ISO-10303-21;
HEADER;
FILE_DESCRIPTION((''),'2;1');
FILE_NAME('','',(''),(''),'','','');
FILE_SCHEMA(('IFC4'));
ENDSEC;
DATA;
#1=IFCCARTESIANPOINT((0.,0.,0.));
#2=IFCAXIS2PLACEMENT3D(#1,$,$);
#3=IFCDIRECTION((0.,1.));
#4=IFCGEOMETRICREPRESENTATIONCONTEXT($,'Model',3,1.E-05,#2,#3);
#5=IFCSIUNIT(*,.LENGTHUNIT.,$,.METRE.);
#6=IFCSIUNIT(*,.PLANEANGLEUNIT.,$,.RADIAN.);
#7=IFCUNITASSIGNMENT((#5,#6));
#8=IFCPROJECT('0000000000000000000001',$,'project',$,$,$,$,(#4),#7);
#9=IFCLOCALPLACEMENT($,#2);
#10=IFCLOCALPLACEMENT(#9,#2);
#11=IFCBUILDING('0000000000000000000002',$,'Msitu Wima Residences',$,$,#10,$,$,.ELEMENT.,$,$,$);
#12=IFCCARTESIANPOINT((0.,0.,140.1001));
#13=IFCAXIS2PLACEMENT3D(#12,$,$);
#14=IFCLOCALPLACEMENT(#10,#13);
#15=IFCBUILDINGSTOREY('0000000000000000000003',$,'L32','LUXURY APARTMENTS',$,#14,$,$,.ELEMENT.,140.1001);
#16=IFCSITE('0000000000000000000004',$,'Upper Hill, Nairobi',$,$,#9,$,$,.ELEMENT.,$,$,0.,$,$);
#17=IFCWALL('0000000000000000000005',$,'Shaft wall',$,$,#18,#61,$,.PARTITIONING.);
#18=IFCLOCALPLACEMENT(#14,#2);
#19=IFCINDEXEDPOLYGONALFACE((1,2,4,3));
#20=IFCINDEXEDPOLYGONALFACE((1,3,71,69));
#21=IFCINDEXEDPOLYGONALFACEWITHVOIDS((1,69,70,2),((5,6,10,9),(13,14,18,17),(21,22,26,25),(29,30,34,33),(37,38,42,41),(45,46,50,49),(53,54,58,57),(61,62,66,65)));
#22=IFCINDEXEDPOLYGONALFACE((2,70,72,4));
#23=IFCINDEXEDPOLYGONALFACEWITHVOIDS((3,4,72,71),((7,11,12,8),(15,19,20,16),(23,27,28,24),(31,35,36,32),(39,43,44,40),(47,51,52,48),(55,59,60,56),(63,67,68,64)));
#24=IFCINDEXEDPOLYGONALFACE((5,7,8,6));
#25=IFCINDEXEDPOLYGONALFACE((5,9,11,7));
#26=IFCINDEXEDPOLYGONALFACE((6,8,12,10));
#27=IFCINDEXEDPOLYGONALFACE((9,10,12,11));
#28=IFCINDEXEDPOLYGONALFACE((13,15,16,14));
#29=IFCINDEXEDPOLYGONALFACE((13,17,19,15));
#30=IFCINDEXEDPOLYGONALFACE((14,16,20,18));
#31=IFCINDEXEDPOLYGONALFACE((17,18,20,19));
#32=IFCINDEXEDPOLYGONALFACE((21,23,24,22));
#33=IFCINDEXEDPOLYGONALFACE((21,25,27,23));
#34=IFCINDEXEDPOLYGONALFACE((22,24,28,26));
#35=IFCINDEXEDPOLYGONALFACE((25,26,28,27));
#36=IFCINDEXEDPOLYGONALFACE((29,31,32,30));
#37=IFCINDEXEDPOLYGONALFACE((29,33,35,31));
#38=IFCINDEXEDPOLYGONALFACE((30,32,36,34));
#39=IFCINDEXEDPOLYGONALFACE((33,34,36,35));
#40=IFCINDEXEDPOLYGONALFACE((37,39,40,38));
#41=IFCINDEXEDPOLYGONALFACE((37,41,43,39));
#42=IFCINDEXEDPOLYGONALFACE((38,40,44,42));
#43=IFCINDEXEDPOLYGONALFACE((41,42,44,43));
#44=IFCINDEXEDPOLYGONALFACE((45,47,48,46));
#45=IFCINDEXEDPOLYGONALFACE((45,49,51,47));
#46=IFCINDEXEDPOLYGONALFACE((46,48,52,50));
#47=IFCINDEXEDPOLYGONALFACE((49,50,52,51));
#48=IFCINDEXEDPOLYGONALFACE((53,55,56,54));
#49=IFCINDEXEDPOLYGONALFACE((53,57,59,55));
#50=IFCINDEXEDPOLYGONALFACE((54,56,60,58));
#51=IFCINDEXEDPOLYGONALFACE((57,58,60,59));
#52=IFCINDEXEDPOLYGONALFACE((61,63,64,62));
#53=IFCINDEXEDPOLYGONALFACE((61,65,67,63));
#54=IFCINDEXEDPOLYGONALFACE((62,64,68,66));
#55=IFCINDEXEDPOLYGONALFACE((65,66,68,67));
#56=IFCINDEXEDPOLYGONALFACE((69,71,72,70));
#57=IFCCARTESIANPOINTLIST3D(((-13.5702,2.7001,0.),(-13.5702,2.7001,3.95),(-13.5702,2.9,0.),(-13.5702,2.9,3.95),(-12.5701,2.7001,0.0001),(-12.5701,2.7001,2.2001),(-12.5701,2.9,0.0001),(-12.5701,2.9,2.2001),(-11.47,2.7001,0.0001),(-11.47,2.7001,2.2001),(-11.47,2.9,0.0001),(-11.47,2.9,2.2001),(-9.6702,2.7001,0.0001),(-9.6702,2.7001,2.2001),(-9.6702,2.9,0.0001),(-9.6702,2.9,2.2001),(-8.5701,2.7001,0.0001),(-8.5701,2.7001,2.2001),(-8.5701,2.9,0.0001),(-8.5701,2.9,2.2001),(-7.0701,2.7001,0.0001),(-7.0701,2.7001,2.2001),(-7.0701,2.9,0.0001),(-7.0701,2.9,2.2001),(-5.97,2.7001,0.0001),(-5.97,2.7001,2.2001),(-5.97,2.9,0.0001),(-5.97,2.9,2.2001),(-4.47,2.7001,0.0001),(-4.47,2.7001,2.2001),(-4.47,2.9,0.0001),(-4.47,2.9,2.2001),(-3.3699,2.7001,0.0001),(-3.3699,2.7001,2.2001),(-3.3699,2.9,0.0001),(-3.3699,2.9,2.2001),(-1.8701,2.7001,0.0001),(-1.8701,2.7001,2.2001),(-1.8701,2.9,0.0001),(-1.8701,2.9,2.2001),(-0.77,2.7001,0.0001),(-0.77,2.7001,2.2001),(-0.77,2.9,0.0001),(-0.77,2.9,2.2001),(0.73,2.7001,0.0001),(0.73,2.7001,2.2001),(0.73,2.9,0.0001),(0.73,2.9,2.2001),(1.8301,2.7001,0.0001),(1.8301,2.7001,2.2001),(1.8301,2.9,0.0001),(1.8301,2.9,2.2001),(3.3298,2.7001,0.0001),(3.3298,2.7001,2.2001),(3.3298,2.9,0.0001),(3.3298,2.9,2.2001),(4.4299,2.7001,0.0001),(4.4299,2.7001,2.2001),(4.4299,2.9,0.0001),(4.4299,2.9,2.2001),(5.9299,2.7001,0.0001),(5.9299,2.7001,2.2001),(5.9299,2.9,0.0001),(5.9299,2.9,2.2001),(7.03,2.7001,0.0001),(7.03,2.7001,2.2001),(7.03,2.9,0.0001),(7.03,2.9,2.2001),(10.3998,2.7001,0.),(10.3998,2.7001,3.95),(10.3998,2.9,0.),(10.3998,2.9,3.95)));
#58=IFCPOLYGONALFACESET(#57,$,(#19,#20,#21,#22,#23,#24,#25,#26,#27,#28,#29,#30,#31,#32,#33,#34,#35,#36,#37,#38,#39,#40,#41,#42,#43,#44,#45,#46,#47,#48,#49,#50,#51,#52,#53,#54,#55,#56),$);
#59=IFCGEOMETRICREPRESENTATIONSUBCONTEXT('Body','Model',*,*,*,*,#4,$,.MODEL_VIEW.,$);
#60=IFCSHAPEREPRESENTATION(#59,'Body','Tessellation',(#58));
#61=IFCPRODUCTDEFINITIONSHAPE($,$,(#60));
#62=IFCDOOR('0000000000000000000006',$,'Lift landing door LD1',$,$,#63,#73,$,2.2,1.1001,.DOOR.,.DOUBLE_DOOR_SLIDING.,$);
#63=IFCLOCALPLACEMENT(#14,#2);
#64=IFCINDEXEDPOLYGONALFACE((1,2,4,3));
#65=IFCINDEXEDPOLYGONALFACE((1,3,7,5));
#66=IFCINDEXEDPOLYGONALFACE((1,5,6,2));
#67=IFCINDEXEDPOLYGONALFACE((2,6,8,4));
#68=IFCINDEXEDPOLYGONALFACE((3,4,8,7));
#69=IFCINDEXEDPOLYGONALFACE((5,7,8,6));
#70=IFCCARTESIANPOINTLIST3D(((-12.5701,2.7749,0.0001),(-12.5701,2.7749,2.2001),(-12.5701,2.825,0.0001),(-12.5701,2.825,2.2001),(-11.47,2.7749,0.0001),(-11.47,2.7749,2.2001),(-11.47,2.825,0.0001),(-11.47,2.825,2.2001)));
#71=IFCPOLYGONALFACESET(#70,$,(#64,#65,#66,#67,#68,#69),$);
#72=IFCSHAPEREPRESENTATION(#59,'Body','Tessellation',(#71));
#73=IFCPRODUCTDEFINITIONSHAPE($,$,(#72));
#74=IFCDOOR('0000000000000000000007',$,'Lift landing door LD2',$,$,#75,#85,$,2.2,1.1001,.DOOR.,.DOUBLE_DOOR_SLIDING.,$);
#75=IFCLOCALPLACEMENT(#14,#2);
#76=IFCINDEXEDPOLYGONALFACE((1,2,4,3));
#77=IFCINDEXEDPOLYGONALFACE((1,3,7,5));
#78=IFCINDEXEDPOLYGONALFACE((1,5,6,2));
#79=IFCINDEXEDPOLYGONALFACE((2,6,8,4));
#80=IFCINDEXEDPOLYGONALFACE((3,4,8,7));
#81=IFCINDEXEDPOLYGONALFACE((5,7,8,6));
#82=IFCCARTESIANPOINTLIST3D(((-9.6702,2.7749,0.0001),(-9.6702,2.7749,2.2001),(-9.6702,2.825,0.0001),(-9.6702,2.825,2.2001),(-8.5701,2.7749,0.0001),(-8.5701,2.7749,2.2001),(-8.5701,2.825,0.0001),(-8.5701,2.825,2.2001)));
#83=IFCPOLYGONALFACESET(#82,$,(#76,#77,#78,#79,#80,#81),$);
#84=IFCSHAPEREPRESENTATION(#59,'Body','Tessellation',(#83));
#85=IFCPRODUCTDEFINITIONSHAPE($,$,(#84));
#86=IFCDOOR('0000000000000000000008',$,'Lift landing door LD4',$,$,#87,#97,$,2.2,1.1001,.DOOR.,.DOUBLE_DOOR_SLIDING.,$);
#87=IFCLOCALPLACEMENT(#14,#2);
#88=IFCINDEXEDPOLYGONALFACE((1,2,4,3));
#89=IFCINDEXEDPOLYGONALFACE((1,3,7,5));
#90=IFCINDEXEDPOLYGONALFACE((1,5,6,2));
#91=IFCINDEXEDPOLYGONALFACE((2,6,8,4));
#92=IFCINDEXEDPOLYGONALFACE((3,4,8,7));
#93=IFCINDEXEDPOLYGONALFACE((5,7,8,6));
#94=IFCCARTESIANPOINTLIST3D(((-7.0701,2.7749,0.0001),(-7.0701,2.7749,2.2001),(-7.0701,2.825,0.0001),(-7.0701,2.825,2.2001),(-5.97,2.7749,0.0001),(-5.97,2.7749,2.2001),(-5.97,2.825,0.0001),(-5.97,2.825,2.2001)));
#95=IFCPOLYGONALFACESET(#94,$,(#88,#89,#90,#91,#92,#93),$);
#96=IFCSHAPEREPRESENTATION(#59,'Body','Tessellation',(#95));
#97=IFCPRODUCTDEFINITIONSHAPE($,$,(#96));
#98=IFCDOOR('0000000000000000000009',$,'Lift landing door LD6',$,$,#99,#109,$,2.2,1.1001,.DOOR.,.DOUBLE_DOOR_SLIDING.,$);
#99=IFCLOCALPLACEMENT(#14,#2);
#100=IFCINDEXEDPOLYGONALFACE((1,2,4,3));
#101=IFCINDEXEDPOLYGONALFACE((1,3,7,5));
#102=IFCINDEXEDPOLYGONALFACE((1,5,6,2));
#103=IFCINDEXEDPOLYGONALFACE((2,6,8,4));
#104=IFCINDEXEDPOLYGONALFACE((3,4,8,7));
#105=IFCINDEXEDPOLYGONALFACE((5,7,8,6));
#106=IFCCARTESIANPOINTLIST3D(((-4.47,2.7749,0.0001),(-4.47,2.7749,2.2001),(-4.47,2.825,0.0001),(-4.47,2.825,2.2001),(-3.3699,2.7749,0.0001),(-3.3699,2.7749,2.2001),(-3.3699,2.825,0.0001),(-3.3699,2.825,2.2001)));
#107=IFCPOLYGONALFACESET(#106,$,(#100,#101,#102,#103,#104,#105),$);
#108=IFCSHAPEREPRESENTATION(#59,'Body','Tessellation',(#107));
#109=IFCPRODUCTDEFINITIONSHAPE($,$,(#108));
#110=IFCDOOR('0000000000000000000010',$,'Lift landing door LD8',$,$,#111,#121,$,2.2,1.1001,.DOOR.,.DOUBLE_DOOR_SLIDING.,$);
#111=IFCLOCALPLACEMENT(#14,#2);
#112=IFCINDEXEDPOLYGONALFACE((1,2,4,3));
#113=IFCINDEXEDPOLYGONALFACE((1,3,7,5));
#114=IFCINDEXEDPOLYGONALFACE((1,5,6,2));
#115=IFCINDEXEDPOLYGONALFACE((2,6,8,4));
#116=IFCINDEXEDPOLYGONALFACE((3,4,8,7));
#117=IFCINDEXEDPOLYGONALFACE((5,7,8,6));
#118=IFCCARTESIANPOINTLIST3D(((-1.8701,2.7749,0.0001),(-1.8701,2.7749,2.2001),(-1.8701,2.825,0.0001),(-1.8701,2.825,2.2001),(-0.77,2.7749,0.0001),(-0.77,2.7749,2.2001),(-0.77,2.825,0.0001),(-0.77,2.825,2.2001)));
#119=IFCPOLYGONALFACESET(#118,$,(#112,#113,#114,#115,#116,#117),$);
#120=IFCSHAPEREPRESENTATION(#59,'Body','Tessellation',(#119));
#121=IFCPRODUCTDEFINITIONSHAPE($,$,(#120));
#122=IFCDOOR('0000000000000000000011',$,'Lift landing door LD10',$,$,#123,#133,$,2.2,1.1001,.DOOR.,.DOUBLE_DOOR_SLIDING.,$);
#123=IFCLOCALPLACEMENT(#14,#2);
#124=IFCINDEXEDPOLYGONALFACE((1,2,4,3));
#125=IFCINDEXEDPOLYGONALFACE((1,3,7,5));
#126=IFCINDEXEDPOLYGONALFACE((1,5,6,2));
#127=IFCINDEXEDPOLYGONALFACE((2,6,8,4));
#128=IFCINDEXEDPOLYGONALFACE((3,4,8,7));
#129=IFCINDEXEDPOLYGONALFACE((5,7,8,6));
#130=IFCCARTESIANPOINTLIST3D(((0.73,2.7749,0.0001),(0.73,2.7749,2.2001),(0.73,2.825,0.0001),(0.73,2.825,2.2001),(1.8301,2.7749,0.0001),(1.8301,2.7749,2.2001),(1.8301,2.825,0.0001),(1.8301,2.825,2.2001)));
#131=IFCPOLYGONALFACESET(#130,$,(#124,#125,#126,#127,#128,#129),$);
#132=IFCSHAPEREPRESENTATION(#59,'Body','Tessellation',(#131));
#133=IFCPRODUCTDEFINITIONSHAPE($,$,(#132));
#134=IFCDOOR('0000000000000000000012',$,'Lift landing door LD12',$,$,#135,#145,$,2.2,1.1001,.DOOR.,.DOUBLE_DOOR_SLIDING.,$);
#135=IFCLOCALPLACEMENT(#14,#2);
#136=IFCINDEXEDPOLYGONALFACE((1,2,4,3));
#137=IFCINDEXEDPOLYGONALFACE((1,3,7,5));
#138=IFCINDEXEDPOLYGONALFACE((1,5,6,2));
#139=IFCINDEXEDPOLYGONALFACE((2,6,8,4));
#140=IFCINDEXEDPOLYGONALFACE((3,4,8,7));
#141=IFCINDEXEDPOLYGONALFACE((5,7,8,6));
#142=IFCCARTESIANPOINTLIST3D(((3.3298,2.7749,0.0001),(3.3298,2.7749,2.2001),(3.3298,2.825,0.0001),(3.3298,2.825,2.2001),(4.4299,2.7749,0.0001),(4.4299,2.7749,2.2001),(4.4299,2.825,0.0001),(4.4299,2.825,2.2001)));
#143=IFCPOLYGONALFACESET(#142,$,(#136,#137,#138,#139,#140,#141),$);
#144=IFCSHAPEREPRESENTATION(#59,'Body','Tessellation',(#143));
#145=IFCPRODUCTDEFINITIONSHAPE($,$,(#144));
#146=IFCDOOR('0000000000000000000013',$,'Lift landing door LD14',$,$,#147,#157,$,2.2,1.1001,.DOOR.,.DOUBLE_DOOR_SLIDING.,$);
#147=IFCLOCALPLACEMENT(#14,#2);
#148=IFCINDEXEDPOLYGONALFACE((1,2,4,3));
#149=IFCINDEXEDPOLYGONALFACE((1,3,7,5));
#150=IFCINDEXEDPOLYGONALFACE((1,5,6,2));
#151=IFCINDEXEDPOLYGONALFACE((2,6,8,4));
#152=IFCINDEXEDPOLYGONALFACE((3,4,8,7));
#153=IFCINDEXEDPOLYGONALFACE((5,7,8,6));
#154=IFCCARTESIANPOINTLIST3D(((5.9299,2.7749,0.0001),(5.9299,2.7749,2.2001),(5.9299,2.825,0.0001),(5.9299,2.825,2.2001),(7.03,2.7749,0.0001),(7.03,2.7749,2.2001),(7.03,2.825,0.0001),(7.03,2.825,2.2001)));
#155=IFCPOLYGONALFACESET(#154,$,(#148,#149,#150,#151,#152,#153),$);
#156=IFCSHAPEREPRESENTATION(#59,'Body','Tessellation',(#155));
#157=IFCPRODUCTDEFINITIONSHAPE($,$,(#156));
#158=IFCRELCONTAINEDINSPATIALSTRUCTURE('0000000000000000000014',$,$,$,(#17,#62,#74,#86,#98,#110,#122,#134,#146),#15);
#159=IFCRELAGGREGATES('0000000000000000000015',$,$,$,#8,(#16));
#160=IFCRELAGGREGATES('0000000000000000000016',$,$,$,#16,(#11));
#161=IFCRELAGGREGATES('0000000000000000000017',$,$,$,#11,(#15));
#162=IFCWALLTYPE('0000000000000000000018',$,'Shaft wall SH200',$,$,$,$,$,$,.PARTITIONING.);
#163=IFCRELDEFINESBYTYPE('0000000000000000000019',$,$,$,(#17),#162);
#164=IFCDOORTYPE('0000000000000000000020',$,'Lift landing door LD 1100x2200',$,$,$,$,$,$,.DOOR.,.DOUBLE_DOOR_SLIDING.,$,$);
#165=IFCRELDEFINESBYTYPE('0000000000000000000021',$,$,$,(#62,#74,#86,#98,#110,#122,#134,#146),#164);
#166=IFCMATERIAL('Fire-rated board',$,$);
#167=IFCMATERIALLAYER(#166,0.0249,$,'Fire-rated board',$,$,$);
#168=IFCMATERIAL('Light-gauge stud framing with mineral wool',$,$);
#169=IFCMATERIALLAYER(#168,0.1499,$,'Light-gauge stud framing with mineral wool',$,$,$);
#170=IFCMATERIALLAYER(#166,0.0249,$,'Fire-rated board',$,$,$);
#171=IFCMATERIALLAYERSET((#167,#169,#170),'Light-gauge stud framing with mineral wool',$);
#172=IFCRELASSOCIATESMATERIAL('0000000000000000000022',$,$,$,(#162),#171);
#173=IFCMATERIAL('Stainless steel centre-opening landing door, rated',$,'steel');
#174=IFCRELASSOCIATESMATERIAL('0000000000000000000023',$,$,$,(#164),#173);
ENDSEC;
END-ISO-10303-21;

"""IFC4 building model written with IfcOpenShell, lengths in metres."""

from ifc_helpers import new_model, si_unit, direction, frame, frame_2d, origin, place, context, subcontext, project, spatial, rectangle, extrude, material, layer, layer_set, type_object, element, fill, save


model = new_model("IFC4")

# Units and contexts
model_context = context("Model", 3, precision=1e-05, world=origin(), true_north=direction((0.0, 1.0)))
body_context = subcontext(model_context, "Body", "Model", "MODEL_VIEW")
ifc_project = project(units=[si_unit("LENGTHUNIT", "METRE"), si_unit("PLANEANGLEUNIT", "RADIAN")], contexts=[model_context])

# Site, building, storey
site_placement = place(None, origin())
site = spatial("IfcSite", under=ifc_project, at=site_placement, Name="Upper Hill, Nairobi", CompositionType="ELEMENT", RefElevation=0.0)
building_placement = place(site_placement, origin())
building = spatial("IfcBuilding", under=site, at=building_placement, Name="Msitu Wima Residences", CompositionType="ELEMENT")
storey_placement = place(building_placement, frame((0.0, 0.0, 140.1001)))
storey = spatial("IfcBuildingStorey", under=building, at=storey_placement, Name="L32", Description="LUXURY APARTMENTS", CompositionType="ELEMENT", Elevation=140.1001)

# Shared definitions
ifc_material_1 = material(Name="Fire-rated board")
ifc_layer_1 = layer(ifc_material_1, 0.0249, Name="Fire-rated board")
ifc_material_2 = material(Name="Light-gauge stud framing with mineral wool")
ifc_layer_2 = layer(ifc_material_2, 0.1499, Name="Light-gauge stud framing with mineral wool")
ifc_layer_3 = layer(ifc_material_1, 0.0249, Name="Fire-rated board")
ifc_layer_set_1 = layer_set([ifc_layer_1, ifc_layer_2, ifc_layer_3], Name="Light-gauge stud framing with mineral wool")
wall_type_1 = type_object("IfcWallType", Name="Shaft wall SH200", PredefinedType="PARTITIONING", material=ifc_layer_set_1)

# Wall, openings, doors
wall_1_placement = place(storey_placement, frame((-13.5701, 2.8, 0.0), z_axis=(0.0, 0.0, 1.0), x_axis=(1.0, 0.0, 0.0)))
wall_1 = element("IfcWall", 1, at=wall_1_placement, inside=storey, type_object=wall_type_1, Name="Shaft wall", PredefinedType="PARTITIONING", context=body_context, shape_type="SweptSolid", body=[
    extrude(rectangle(XDim=23.97, YDim=0.2, at=frame_2d((11.9849, 0.0))), origin(), (0.0, 0.0, 1.0), 3.95),
])
opening_1_placement = place(wall_1_placement, frame((1.0, 0.0, 0.0)))
opening_1 = element("IfcOpeningElement", 2, at=opening_1_placement, cuts=wall_1, PredefinedType="OPENING", context=body_context, shape_type="SweptSolid", body=[
    extrude(rectangle(XDim=1.1001, YDim=2.2, at=frame_2d((0.55, 1.1001))), frame((0.0, 0.1099, 0.0), z_axis=(0.0, -1.0, 0.0), x_axis=(1.0, 0.0, 0.0)), (0.0, 0.0, 1.0), 0.22),
])
opening_2_placement = place(wall_1_placement, frame((3.8999, 0.0, 0.0)))
opening_2 = element("IfcOpeningElement", 3, at=opening_2_placement, cuts=wall_1, PredefinedType="OPENING", context=body_context, shape_type="SweptSolid", body=[
    extrude(rectangle(XDim=1.1001, YDim=2.2, at=frame_2d((0.55, 1.1001))), frame((0.0, 0.1099, 0.0), z_axis=(0.0, -1.0, 0.0), x_axis=(1.0, 0.0, 0.0)), (0.0, 0.0, 1.0), 0.22),
])
opening_3_placement = place(wall_1_placement, frame((6.5, 0.0, 0.0)))
opening_3 = element("IfcOpeningElement", 4, at=opening_3_placement, cuts=wall_1, PredefinedType="OPENING", context=body_context, shape_type="SweptSolid", body=[
    extrude(rectangle(XDim=1.1001, YDim=2.2, at=frame_2d((0.55, 1.1001))), frame((0.0, 0.1099, 0.0), z_axis=(0.0, -1.0, 0.0), x_axis=(1.0, 0.0, 0.0)), (0.0, 0.0, 1.0), 0.22),
])
opening_4_placement = place(wall_1_placement, frame((9.1001, 0.0, 0.0)))
opening_4 = element("IfcOpeningElement", 5, at=opening_4_placement, cuts=wall_1, PredefinedType="OPENING", context=body_context, shape_type="SweptSolid", body=[
    extrude(rectangle(XDim=1.1001, YDim=2.2, at=frame_2d((0.55, 1.1001))), frame((0.0, 0.1099, 0.0), z_axis=(0.0, -1.0, 0.0), x_axis=(1.0, 0.0, 0.0)), (0.0, 0.0, 1.0), 0.22),
])
opening_5_placement = place(wall_1_placement, frame((11.7, 0.0, 0.0)))
opening_5 = element("IfcOpeningElement", 6, at=opening_5_placement, cuts=wall_1, PredefinedType="OPENING", context=body_context, shape_type="SweptSolid", body=[
    extrude(rectangle(XDim=1.1001, YDim=2.2, at=frame_2d((0.55, 1.1001))), frame((0.0, 0.1099, 0.0), z_axis=(0.0, -1.0, 0.0), x_axis=(1.0, 0.0, 0.0)), (0.0, 0.0, 1.0), 0.22),
])
opening_6_placement = place(wall_1_placement, frame((14.3, 0.0, 0.0)))
opening_6 = element("IfcOpeningElement", 7, at=opening_6_placement, cuts=wall_1, PredefinedType="OPENING", context=body_context, shape_type="SweptSolid", body=[
    extrude(rectangle(XDim=1.1001, YDim=2.2, at=frame_2d((0.55, 1.1001))), frame((0.0, 0.1099, 0.0), z_axis=(0.0, -1.0, 0.0), x_axis=(1.0, 0.0, 0.0)), (0.0, 0.0, 1.0), 0.22),
])
opening_7_placement = place(wall_1_placement, frame((16.8999, 0.0, 0.0)))
opening_7 = element("IfcOpeningElement", 8, at=opening_7_placement, cuts=wall_1, PredefinedType="OPENING", context=body_context, shape_type="SweptSolid", body=[
    extrude(rectangle(XDim=1.1001, YDim=2.2, at=frame_2d((0.55, 1.1001))), frame((0.0, 0.1099, 0.0), z_axis=(0.0, -1.0, 0.0), x_axis=(1.0, 0.0, 0.0)), (0.0, 0.0, 1.0), 0.22),
])
opening_8_placement = place(wall_1_placement, frame((19.5, 0.0, 0.0)))
opening_8 = element("IfcOpeningElement", 9, at=opening_8_placement, cuts=wall_1, PredefinedType="OPENING", context=body_context, shape_type="SweptSolid", body=[
    extrude(rectangle(XDim=1.1001, YDim=2.2, at=frame_2d((0.55, 1.1001))), frame((0.0, 0.1099, 0.0), z_axis=(0.0, -1.0, 0.0), x_axis=(1.0, 0.0, 0.0)), (0.0, 0.0, 1.0), 0.22),
])
ifc_material_3 = material(Name="Stainless steel centre-opening landing door, rated", Category="steel")
door_type_1 = type_object("IfcDoorType", Name="Lift landing door LD 1100x2200", OperationType="DOUBLE_DOOR_SLIDING", PredefinedType="DOOR", material=ifc_material_3)
door_1_placement = place(opening_1_placement, origin())
door_1 = element("IfcDoor", 10, at=door_1_placement, inside=storey, type_object=door_type_1, Name="Lift landing door LD1", OperationType="DOUBLE_DOOR_SLIDING", OverallHeight=2.2, OverallWidth=1.1001, PredefinedType="DOOR", context=body_context, shape_type="SweptSolid", body=[
    extrude(rectangle(XDim=1.1001, YDim=2.2, at=frame_2d((0.55, 1.1001))), frame((0.0, 0.0249, 0.0), z_axis=(0.0, -1.0, 0.0), x_axis=(1.0, 0.0, 0.0)), (0.0, 0.0, 1.0), 0.05),
])
fill(opening_1, door_1)
door_2_placement = place(opening_2_placement, origin())
door_2 = element("IfcDoor", 11, at=door_2_placement, inside=storey, type_object=door_type_1, Name="Lift landing door LD2", OperationType="DOUBLE_DOOR_SLIDING", OverallHeight=2.2, OverallWidth=1.1001, PredefinedType="DOOR", context=body_context, shape_type="SweptSolid", body=[
    extrude(rectangle(XDim=1.1001, YDim=2.2, at=frame_2d((0.55, 1.1001))), frame((0.0, 0.0249, 0.0), z_axis=(0.0, -1.0, 0.0), x_axis=(1.0, 0.0, 0.0)), (0.0, 0.0, 1.0), 0.05),
])
fill(opening_2, door_2)
door_3_placement = place(opening_3_placement, origin())
door_3 = element("IfcDoor", 12, at=door_3_placement, inside=storey, type_object=door_type_1, Name="Lift landing door LD4", OperationType="DOUBLE_DOOR_SLIDING", OverallHeight=2.2, OverallWidth=1.1001, PredefinedType="DOOR", context=body_context, shape_type="SweptSolid", body=[
    extrude(rectangle(XDim=1.1001, YDim=2.2, at=frame_2d((0.55, 1.1001))), frame((0.0, 0.0249, 0.0), z_axis=(0.0, -1.0, 0.0), x_axis=(1.0, 0.0, 0.0)), (0.0, 0.0, 1.0), 0.05),
])
fill(opening_3, door_3)
door_4_placement = place(opening_4_placement, origin())
door_4 = element("IfcDoor", 13, at=door_4_placement, inside=storey, type_object=door_type_1, Name="Lift landing door LD6", OperationType="DOUBLE_DOOR_SLIDING", OverallHeight=2.2, OverallWidth=1.1001, PredefinedType="DOOR", context=body_context, shape_type="SweptSolid", body=[
    extrude(rectangle(XDim=1.1001, YDim=2.2, at=frame_2d((0.55, 1.1001))), frame((0.0, 0.0249, 0.0), z_axis=(0.0, -1.0, 0.0), x_axis=(1.0, 0.0, 0.0)), (0.0, 0.0, 1.0), 0.05),
])
fill(opening_4, door_4)
door_5_placement = place(opening_5_placement, origin())
door_5 = element("IfcDoor", 14, at=door_5_placement, inside=storey, type_object=door_type_1, Name="Lift landing door LD8", OperationType="DOUBLE_DOOR_SLIDING", OverallHeight=2.2, OverallWidth=1.1001, PredefinedType="DOOR", context=body_context, shape_type="SweptSolid", body=[
    extrude(rectangle(XDim=1.1001, YDim=2.2, at=frame_2d((0.55, 1.1001))), frame((0.0, 0.0249, 0.0), z_axis=(0.0, -1.0, 0.0), x_axis=(1.0, 0.0, 0.0)), (0.0, 0.0, 1.0), 0.05),
])
fill(opening_5, door_5)
door_6_placement = place(opening_6_placement, origin())
door_6 = element("IfcDoor", 15, at=door_6_placement, inside=storey, type_object=door_type_1, Name="Lift landing door LD10", OperationType="DOUBLE_DOOR_SLIDING", OverallHeight=2.2, OverallWidth=1.1001, PredefinedType="DOOR", context=body_context, shape_type="SweptSolid", body=[
    extrude(rectangle(XDim=1.1001, YDim=2.2, at=frame_2d((0.55, 1.1001))), frame((0.0, 0.0249, 0.0), z_axis=(0.0, -1.0, 0.0), x_axis=(1.0, 0.0, 0.0)), (0.0, 0.0, 1.0), 0.05),
])
fill(opening_6, door_6)
door_7_placement = place(opening_7_placement, origin())
door_7 = element("IfcDoor", 16, at=door_7_placement, inside=storey, type_object=door_type_1, Name="Lift landing door LD12", OperationType="DOUBLE_DOOR_SLIDING", OverallHeight=2.2, OverallWidth=1.1001, PredefinedType="DOOR", context=body_context, shape_type="SweptSolid", body=[
    extrude(rectangle(XDim=1.1001, YDim=2.2, at=frame_2d((0.55, 1.1001))), frame((0.0, 0.0249, 0.0), z_axis=(0.0, -1.0, 0.0), x_axis=(1.0, 0.0, 0.0)), (0.0, 0.0, 1.0), 0.05),
])
fill(opening_7, door_7)
door_8_placement = place(opening_8_placement, origin())
door_8 = element("IfcDoor", 17, at=door_8_placement, inside=storey, type_object=door_type_1, Name="Lift landing door LD14", OperationType="DOUBLE_DOOR_SLIDING", OverallHeight=2.2, OverallWidth=1.1001, PredefinedType="DOOR", context=body_context, shape_type="SweptSolid", body=[
    extrude(rectangle(XDim=1.1001, YDim=2.2, at=frame_2d((0.55, 1.1001))), frame((0.0, 0.0249, 0.0), z_axis=(0.0, -1.0, 0.0), x_axis=(1.0, 0.0, 0.0)), (0.0, 0.0, 1.0), 0.05),
])
fill(opening_8, door_8)

save(model, "model.ifc")
